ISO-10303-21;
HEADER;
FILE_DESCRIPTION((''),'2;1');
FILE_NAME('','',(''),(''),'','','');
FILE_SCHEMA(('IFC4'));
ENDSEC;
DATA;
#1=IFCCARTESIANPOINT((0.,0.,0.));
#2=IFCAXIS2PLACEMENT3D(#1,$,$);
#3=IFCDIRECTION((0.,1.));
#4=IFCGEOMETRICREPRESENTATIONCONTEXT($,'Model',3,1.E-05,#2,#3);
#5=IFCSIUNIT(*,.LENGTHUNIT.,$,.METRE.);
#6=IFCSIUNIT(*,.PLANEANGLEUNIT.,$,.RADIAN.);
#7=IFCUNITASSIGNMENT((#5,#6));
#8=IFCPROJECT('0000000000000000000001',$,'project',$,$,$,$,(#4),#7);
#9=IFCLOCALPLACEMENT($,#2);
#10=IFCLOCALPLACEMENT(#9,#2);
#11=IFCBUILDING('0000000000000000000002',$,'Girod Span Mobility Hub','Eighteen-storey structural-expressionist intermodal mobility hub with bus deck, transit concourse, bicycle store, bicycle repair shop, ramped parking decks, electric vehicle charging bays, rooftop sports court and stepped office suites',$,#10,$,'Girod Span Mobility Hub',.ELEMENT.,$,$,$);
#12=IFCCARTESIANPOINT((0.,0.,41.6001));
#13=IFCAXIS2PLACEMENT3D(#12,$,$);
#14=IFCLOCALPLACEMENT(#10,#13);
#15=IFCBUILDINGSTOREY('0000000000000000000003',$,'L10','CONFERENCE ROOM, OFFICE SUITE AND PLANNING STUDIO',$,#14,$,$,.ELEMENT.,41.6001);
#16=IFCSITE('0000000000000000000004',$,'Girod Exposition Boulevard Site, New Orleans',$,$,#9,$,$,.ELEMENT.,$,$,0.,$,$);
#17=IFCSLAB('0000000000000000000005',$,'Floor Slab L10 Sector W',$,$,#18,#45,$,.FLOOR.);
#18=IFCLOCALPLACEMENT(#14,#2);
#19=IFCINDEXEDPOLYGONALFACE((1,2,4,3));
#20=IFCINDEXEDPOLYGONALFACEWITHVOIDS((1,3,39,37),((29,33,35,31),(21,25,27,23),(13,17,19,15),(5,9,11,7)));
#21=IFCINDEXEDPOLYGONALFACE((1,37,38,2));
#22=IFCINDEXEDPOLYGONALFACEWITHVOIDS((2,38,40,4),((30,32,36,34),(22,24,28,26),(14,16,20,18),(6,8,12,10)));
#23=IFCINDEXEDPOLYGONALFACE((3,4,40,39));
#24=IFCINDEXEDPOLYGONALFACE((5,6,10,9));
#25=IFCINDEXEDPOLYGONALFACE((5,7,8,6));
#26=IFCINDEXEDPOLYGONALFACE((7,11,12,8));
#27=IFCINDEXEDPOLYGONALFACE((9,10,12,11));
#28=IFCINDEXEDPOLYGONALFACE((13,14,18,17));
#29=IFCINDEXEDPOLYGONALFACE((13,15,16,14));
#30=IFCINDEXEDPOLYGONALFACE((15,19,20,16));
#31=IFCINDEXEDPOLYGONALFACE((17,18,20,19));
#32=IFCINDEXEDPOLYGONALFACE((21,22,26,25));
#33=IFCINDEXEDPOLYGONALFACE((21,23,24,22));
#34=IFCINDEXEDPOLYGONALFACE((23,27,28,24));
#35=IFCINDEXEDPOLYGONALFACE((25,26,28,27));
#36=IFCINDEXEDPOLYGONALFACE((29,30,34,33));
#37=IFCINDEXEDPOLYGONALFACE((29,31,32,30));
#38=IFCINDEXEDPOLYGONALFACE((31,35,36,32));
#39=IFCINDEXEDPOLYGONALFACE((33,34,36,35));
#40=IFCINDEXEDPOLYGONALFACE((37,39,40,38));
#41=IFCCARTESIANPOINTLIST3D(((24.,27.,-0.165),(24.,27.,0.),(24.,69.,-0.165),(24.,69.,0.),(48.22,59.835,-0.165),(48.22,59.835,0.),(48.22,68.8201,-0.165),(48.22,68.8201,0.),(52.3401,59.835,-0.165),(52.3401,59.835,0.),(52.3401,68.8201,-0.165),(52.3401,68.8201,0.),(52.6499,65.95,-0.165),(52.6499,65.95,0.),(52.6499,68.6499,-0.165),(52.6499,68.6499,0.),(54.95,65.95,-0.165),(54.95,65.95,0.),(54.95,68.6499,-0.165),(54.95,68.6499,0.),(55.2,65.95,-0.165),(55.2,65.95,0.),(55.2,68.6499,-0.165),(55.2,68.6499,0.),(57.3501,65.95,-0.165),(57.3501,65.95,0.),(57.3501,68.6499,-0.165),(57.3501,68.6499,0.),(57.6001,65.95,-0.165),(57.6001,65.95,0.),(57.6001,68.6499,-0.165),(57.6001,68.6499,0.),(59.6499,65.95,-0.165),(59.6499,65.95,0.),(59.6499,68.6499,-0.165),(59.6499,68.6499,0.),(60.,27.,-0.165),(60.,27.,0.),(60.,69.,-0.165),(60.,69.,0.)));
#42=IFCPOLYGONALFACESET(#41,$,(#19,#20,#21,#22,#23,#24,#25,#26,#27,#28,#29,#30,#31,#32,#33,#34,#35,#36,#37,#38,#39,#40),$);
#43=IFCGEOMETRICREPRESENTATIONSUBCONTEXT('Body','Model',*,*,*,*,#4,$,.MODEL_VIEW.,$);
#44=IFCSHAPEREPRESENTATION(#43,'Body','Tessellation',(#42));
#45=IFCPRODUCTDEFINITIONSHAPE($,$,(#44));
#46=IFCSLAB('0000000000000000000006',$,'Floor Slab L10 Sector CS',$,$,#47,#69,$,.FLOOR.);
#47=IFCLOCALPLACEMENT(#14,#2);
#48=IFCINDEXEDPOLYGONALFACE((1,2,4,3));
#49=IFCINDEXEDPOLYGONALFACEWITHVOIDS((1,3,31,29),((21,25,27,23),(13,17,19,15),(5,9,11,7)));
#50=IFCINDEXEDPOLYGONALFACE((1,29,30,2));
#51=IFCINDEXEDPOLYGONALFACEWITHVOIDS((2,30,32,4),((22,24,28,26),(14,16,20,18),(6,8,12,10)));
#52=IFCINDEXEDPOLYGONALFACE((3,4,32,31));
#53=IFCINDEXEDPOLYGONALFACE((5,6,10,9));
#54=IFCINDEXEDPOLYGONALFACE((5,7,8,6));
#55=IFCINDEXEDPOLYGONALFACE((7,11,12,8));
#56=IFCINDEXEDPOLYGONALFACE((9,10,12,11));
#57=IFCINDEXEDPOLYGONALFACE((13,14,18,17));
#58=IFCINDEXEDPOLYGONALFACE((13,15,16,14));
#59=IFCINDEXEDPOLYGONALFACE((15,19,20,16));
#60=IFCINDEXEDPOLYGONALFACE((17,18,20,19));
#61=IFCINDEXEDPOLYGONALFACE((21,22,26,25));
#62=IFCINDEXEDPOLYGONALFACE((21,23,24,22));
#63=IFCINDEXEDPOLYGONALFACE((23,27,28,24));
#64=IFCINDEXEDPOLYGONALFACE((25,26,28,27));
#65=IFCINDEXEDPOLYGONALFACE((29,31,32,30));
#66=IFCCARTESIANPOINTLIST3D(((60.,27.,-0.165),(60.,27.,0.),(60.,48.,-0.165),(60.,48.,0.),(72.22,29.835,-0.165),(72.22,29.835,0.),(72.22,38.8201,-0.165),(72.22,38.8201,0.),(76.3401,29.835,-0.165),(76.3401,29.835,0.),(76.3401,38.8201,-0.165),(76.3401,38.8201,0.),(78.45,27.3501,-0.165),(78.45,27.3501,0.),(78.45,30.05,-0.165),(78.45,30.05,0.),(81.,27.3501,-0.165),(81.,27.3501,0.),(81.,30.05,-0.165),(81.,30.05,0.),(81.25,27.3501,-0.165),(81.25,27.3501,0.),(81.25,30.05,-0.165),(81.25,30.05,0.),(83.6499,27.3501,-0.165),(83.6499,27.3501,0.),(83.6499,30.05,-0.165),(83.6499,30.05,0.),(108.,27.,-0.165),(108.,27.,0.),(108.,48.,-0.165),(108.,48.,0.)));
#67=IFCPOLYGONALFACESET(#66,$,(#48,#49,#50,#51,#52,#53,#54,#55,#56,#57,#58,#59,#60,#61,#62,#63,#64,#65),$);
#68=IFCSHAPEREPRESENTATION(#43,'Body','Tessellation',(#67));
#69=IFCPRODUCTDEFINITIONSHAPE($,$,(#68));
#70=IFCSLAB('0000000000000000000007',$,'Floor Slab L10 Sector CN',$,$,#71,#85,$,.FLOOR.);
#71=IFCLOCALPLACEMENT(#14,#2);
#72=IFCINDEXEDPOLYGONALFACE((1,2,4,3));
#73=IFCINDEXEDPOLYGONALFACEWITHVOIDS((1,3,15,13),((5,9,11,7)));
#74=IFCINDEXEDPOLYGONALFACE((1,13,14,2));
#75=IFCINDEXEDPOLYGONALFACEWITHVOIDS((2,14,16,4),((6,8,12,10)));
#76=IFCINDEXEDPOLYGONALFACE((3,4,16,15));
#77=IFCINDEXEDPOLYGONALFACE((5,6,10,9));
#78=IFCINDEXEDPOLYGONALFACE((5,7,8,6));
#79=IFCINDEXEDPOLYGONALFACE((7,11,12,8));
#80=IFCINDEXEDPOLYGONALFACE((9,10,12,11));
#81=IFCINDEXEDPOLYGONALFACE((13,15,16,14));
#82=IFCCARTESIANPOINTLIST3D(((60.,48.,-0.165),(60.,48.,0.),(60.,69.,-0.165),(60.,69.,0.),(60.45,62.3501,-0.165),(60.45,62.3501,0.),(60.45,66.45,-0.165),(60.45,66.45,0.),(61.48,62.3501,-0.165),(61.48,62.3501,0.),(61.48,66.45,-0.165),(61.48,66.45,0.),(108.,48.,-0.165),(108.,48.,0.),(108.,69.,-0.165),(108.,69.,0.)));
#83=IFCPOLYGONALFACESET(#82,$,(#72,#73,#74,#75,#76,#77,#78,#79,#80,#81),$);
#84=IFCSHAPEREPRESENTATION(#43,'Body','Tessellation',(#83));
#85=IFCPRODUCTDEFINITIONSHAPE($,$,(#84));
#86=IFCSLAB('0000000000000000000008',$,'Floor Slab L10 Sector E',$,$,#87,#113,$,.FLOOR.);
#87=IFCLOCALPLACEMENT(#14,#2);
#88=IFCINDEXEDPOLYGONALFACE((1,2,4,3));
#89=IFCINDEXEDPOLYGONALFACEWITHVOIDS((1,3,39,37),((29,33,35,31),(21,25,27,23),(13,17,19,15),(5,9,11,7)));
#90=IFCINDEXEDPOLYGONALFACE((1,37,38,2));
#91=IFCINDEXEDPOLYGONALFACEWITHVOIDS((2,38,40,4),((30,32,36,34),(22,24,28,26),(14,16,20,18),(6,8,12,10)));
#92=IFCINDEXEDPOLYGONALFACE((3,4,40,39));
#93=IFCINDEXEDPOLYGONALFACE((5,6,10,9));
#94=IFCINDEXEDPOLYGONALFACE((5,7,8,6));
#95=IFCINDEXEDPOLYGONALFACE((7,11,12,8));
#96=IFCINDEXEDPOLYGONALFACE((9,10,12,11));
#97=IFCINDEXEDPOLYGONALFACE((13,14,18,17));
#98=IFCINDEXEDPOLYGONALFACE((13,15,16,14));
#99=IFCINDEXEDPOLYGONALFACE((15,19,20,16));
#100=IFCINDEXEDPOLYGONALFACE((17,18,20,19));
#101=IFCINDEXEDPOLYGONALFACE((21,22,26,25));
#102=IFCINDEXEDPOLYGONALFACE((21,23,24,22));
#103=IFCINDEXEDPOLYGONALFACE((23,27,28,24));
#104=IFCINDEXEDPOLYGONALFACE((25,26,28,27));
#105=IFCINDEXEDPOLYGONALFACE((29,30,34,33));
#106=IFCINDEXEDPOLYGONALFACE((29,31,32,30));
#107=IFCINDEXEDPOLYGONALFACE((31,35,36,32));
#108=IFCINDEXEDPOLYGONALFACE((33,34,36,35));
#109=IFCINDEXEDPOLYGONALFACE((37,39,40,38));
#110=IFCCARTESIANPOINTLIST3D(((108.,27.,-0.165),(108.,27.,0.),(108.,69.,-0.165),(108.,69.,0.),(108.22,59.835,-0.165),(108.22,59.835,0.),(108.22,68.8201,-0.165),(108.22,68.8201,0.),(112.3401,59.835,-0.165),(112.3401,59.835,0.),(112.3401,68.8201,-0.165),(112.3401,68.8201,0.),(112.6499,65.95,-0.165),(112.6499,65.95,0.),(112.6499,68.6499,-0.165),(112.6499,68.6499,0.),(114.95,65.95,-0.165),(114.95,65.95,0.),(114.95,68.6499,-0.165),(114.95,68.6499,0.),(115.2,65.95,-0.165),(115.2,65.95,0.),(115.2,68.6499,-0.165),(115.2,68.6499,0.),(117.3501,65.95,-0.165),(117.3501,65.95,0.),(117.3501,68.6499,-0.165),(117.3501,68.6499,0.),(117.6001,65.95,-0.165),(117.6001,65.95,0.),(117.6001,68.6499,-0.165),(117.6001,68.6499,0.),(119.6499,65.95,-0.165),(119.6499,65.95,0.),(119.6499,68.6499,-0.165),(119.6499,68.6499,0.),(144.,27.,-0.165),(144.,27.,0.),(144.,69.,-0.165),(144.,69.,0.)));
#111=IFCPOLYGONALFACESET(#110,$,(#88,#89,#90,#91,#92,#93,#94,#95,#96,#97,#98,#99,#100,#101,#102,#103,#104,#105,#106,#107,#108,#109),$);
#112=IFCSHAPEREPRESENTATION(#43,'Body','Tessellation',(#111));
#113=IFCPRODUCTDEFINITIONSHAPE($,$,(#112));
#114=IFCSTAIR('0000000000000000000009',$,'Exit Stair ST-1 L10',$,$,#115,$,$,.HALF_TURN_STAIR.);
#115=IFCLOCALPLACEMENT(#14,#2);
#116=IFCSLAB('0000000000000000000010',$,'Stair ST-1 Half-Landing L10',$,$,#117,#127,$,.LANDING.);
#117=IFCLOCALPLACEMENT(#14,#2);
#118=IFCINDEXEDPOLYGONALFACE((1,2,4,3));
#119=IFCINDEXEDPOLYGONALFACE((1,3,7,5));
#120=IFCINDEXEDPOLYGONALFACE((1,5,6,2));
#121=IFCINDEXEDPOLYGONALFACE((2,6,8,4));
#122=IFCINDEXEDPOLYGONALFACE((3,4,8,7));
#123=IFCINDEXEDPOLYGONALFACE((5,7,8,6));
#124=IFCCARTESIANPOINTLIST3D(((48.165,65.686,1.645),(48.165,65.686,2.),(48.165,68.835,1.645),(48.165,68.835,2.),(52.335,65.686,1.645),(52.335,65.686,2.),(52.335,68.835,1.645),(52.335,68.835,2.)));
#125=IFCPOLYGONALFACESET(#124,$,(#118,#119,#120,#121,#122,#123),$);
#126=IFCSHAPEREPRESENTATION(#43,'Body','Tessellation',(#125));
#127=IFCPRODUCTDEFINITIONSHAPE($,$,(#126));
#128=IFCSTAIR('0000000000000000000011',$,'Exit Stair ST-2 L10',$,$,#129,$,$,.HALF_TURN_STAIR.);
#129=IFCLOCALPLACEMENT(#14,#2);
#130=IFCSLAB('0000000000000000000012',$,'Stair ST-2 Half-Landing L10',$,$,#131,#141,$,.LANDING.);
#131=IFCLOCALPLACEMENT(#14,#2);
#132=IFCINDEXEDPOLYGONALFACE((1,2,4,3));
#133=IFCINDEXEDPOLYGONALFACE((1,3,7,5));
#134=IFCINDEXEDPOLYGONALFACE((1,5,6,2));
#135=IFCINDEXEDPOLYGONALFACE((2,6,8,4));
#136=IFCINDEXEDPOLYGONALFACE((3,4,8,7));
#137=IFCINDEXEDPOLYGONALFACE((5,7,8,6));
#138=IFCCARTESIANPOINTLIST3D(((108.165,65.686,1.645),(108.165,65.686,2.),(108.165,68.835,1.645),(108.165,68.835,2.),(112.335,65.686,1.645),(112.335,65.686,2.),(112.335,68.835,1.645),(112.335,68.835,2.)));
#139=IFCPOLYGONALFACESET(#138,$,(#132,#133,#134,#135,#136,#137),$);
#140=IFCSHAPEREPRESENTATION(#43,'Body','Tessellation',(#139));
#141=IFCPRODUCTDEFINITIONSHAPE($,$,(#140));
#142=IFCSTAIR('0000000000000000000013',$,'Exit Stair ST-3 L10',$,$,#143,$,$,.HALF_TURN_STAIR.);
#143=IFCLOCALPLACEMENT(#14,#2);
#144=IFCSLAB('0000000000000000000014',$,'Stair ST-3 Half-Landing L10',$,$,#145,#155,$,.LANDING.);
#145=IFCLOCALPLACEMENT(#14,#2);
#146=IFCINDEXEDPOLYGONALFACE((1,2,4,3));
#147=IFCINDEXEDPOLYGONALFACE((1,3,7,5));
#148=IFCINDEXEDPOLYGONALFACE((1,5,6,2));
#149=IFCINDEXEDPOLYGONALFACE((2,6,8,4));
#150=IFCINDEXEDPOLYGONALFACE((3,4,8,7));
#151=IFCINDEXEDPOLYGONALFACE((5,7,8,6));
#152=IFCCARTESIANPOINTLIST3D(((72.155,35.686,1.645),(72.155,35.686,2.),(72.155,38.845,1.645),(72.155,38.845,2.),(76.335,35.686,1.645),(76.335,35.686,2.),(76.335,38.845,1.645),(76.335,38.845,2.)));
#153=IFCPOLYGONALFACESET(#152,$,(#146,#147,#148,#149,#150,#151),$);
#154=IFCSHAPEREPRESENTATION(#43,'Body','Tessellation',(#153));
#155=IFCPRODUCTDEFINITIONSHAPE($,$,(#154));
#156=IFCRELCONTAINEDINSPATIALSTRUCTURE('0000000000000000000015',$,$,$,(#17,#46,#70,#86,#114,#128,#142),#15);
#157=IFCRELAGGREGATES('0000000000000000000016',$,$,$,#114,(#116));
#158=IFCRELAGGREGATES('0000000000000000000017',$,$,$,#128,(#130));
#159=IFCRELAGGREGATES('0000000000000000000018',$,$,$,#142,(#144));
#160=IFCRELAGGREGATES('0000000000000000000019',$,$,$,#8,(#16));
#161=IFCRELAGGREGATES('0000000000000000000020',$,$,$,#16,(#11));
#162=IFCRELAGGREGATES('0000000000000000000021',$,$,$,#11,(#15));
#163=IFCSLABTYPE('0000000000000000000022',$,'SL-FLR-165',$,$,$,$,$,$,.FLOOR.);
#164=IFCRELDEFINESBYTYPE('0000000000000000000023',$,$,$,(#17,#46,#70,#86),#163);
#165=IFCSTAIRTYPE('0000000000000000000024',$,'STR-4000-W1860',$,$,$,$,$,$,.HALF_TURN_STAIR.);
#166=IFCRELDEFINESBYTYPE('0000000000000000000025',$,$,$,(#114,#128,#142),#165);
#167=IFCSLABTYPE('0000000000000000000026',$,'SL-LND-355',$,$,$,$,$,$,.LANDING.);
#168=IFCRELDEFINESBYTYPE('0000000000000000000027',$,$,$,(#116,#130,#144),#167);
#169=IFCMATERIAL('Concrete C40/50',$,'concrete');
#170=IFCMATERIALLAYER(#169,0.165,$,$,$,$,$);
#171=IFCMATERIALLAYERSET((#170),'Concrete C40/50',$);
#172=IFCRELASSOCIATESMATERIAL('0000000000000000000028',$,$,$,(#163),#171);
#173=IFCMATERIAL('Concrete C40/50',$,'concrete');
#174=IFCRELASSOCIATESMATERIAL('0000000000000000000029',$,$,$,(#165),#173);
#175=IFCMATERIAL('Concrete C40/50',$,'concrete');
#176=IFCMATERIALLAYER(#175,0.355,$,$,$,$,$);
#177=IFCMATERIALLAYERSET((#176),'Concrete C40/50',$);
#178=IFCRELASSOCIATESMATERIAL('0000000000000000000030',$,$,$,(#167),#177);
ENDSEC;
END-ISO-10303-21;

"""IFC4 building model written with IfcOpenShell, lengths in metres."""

from ifc_helpers import new_model, si_unit, direction, frame, origin, place, context, subcontext, project, spatial, polyline, outline, extrude, material, layer, layer_set, type_object, element, aggregate, save


model = new_model("IFC4")

# Units and contexts
model_context = context("Model", 3, precision=1e-05, world=origin(), true_north=direction((0.0, 1.0)))
body_context = subcontext(model_context, "Body", "Model", "MODEL_VIEW")
ifc_project = project(units=[si_unit("LENGTHUNIT", "METRE"), si_unit("PLANEANGLEUNIT", "RADIAN")], contexts=[model_context])

# Site, building, storey
site_placement = place(None, origin())
site = spatial("IfcSite", under=ifc_project, at=site_placement, Name="Girod Exposition Boulevard Site, New Orleans", CompositionType="ELEMENT", RefElevation=0.0)
building_placement = place(site_placement, origin())
building = spatial("IfcBuilding", under=site, at=building_placement, Name="Girod Span Mobility Hub", Description="Eighteen-storey structural-expressionist intermodal mobility hub with bus deck, transit concourse, bicycle store, bicycle repair shop, ramped parking decks, electric vehicle charging bays, rooftop sports court and stepped office suites", LongName="Girod Span Mobility Hub", CompositionType="ELEMENT")
storey_placement = place(building_placement, frame((0.0, 0.0, 41.6001)))
storey = spatial("IfcBuildingStorey", under=building, at=storey_placement, Name="L10", Description="CONFERENCE ROOM, OFFICE SUITE AND PLANNING STUDIO", CompositionType="ELEMENT", Elevation=41.6001)

# Slabs
ifc_material_1 = material(Name="Concrete C40/50", Category="concrete")
ifc_layer_1 = layer(ifc_material_1, 0.165)
ifc_layer_set_1 = layer_set([ifc_layer_1], Name="Concrete C40/50")
slab_type_1 = type_object("IfcSlabType", Name="SL-FLR-165", PredefinedType="FLOOR", material=ifc_layer_set_1)
slab_1_placement = place(storey_placement, frame((0.0, 0.0, -0.165)))
element("IfcSlab", 1, at=slab_1_placement, inside=storey, type_object=slab_type_1, Name="Floor Slab L10 Sector W", PredefinedType="FLOOR", context=body_context, shape_type="SweptSolid", body=[
    extrude(outline(polyline([(24.0, 69.0), (60.0, 69.0), (60.0, 27.0), (24.0, 27.0), (24.0, 69.0)]), holes=[polyline([(48.22, 68.8201), (48.22, 59.835), (52.3401, 59.835), (52.3401, 68.8201), (48.22, 68.8201)]), polyline([(52.6499, 65.95), (54.95, 65.95), (54.95, 68.6499), (52.6499, 68.6499), (52.6499, 65.95)]), polyline([(55.2, 68.6499), (55.2, 65.95), (57.3501, 65.95), (57.3501, 68.6499), (55.2, 68.6499)]), polyline([(57.6001, 68.6499), (57.6001, 65.95), (59.6499, 65.95), (59.6499, 68.6499), (57.6001, 68.6499)])]), origin(), (0.0, 0.0, 1.0), 0.165),
])
slab_2_placement = place(storey_placement, frame((0.0, 0.0, -0.165)))
element("IfcSlab", 2, at=slab_2_placement, inside=storey, type_object=slab_type_1, Name="Floor Slab L10 Sector CS", PredefinedType="FLOOR", context=body_context, shape_type="SweptSolid", body=[
    extrude(outline(polyline([(60.0, 27.0), (60.0, 48.0), (108.0, 48.0), (108.0, 27.0), (60.0, 27.0)]), holes=[polyline([(72.22, 29.835), (76.3401, 29.835), (76.3401, 38.8201), (72.22, 38.8201), (72.22, 29.835)]), polyline([(78.45, 27.3501), (81.0, 27.3501), (81.0, 30.05), (78.45, 30.05), (78.45, 27.3501)]), polyline([(81.25, 30.05), (81.25, 27.3501), (83.6499, 27.3501), (83.6499, 30.05), (81.25, 30.05)])]), origin(), (0.0, 0.0, 1.0), 0.165),
])
slab_3_placement = place(storey_placement, frame((0.0, 0.0, -0.165)))
element("IfcSlab", 3, at=slab_3_placement, inside=storey, type_object=slab_type_1, Name="Floor Slab L10 Sector CN", PredefinedType="FLOOR", context=body_context, shape_type="SweptSolid", body=[
    extrude(outline(polyline([(108.0, 69.0), (108.0, 48.0), (60.0, 48.0), (60.0, 69.0), (108.0, 69.0)]), holes=[polyline([(60.45, 66.45), (60.45, 62.3501), (61.48, 62.3501), (61.48, 66.45), (60.45, 66.45)])]), origin(), (0.0, 0.0, 1.0), 0.165),
])
slab_4_placement = place(storey_placement, frame((0.0, 0.0, -0.165)))
element("IfcSlab", 4, at=slab_4_placement, inside=storey, type_object=slab_type_1, Name="Floor Slab L10 Sector E", PredefinedType="FLOOR", context=body_context, shape_type="SweptSolid", body=[
    extrude(outline(polyline([(144.0, 69.0), (144.0, 27.0), (108.0, 27.0), (108.0, 69.0), (144.0, 69.0)]), holes=[polyline([(108.22, 68.8201), (108.22, 59.835), (112.3401, 59.835), (112.3401, 68.8201), (108.22, 68.8201)]), polyline([(112.6499, 65.95), (114.95, 65.95), (114.95, 68.6499), (112.6499, 68.6499), (112.6499, 65.95)]), polyline([(115.2, 68.6499), (115.2, 65.95), (117.3501, 65.95), (117.3501, 68.6499), (115.2, 68.6499)]), polyline([(117.6001, 68.6499), (117.6001, 65.95), (119.6499, 65.95), (119.6499, 68.6499), (117.6001, 68.6499)])]), origin(), (0.0, 0.0, 1.0), 0.165),
])

# Stairs, slabs
ifc_material_2 = material(Name="Concrete C40/50", Category="concrete")
stair_type = type_object("IfcStairType", Name="STR-4000-W1860", PredefinedType="HALF_TURN_STAIR", material=ifc_material_2)
stair_1_placement = place(storey_placement, origin())
stair_1 = element("IfcStair", 5, at=stair_1_placement, inside=storey, type_object=stair_type, Name="Exit Stair ST-1 L10", PredefinedType="HALF_TURN_STAIR")
ifc_material_3 = material(Name="Concrete C40/50", Category="concrete")
ifc_layer_2 = layer(ifc_material_3, 0.355)
ifc_layer_set_2 = layer_set([ifc_layer_2], Name="Concrete C40/50")
slab_type_2 = type_object("IfcSlabType", Name="SL-LND-355", PredefinedType="LANDING", material=ifc_layer_set_2)
slab_5_placement = place(storey_placement, frame((0.0, 0.0, 1.645)))
slab_5 = element("IfcSlab", 6, at=slab_5_placement, type_object=slab_type_2, Name="Stair ST-1 Half-Landing L10", PredefinedType="LANDING", context=body_context, shape_type="SweptSolid", body=[
    extrude(outline(polyline([(52.335, 65.686), (52.335, 68.835), (48.165, 68.835), (48.165, 65.686), (52.335, 65.686)])), origin(), (0.0, 0.0, 1.0), 0.355),
])
aggregate(stair_1, [slab_5])
stair_2_placement = place(storey_placement, origin())
stair_2 = element("IfcStair", 7, at=stair_2_placement, inside=storey, type_object=stair_type, Name="Exit Stair ST-2 L10", PredefinedType="HALF_TURN_STAIR")
slab_6_placement = place(storey_placement, frame((0.0, 0.0, 1.645)))
slab_6 = element("IfcSlab", 8, at=slab_6_placement, type_object=slab_type_2, Name="Stair ST-2 Half-Landing L10", PredefinedType="LANDING", context=body_context, shape_type="SweptSolid", body=[
    extrude(outline(polyline([(112.335, 65.686), (112.335, 68.835), (108.165, 68.835), (108.165, 65.686), (112.335, 65.686)])), origin(), (0.0, 0.0, 1.0), 0.355),
])
aggregate(stair_2, [slab_6])
stair_3_placement = place(storey_placement, origin())
stair_3 = element("IfcStair", 9, at=stair_3_placement, inside=storey, type_object=stair_type, Name="Exit Stair ST-3 L10", PredefinedType="HALF_TURN_STAIR")
slab_7_placement = place(storey_placement, frame((0.0, 0.0, 1.645)))
slab_7 = element("IfcSlab", 10, at=slab_7_placement, type_object=slab_type_2, Name="Stair ST-3 Half-Landing L10", PredefinedType="LANDING", context=body_context, shape_type="SweptSolid", body=[
    extrude(outline(polyline([(76.335, 35.686), (76.335, 38.845), (72.155, 38.845), (72.155, 35.686), (76.335, 35.686)])), origin(), (0.0, 0.0, 1.0), 0.355),
])
aggregate(stair_3, [slab_7])

save(model, "model.ifc")
